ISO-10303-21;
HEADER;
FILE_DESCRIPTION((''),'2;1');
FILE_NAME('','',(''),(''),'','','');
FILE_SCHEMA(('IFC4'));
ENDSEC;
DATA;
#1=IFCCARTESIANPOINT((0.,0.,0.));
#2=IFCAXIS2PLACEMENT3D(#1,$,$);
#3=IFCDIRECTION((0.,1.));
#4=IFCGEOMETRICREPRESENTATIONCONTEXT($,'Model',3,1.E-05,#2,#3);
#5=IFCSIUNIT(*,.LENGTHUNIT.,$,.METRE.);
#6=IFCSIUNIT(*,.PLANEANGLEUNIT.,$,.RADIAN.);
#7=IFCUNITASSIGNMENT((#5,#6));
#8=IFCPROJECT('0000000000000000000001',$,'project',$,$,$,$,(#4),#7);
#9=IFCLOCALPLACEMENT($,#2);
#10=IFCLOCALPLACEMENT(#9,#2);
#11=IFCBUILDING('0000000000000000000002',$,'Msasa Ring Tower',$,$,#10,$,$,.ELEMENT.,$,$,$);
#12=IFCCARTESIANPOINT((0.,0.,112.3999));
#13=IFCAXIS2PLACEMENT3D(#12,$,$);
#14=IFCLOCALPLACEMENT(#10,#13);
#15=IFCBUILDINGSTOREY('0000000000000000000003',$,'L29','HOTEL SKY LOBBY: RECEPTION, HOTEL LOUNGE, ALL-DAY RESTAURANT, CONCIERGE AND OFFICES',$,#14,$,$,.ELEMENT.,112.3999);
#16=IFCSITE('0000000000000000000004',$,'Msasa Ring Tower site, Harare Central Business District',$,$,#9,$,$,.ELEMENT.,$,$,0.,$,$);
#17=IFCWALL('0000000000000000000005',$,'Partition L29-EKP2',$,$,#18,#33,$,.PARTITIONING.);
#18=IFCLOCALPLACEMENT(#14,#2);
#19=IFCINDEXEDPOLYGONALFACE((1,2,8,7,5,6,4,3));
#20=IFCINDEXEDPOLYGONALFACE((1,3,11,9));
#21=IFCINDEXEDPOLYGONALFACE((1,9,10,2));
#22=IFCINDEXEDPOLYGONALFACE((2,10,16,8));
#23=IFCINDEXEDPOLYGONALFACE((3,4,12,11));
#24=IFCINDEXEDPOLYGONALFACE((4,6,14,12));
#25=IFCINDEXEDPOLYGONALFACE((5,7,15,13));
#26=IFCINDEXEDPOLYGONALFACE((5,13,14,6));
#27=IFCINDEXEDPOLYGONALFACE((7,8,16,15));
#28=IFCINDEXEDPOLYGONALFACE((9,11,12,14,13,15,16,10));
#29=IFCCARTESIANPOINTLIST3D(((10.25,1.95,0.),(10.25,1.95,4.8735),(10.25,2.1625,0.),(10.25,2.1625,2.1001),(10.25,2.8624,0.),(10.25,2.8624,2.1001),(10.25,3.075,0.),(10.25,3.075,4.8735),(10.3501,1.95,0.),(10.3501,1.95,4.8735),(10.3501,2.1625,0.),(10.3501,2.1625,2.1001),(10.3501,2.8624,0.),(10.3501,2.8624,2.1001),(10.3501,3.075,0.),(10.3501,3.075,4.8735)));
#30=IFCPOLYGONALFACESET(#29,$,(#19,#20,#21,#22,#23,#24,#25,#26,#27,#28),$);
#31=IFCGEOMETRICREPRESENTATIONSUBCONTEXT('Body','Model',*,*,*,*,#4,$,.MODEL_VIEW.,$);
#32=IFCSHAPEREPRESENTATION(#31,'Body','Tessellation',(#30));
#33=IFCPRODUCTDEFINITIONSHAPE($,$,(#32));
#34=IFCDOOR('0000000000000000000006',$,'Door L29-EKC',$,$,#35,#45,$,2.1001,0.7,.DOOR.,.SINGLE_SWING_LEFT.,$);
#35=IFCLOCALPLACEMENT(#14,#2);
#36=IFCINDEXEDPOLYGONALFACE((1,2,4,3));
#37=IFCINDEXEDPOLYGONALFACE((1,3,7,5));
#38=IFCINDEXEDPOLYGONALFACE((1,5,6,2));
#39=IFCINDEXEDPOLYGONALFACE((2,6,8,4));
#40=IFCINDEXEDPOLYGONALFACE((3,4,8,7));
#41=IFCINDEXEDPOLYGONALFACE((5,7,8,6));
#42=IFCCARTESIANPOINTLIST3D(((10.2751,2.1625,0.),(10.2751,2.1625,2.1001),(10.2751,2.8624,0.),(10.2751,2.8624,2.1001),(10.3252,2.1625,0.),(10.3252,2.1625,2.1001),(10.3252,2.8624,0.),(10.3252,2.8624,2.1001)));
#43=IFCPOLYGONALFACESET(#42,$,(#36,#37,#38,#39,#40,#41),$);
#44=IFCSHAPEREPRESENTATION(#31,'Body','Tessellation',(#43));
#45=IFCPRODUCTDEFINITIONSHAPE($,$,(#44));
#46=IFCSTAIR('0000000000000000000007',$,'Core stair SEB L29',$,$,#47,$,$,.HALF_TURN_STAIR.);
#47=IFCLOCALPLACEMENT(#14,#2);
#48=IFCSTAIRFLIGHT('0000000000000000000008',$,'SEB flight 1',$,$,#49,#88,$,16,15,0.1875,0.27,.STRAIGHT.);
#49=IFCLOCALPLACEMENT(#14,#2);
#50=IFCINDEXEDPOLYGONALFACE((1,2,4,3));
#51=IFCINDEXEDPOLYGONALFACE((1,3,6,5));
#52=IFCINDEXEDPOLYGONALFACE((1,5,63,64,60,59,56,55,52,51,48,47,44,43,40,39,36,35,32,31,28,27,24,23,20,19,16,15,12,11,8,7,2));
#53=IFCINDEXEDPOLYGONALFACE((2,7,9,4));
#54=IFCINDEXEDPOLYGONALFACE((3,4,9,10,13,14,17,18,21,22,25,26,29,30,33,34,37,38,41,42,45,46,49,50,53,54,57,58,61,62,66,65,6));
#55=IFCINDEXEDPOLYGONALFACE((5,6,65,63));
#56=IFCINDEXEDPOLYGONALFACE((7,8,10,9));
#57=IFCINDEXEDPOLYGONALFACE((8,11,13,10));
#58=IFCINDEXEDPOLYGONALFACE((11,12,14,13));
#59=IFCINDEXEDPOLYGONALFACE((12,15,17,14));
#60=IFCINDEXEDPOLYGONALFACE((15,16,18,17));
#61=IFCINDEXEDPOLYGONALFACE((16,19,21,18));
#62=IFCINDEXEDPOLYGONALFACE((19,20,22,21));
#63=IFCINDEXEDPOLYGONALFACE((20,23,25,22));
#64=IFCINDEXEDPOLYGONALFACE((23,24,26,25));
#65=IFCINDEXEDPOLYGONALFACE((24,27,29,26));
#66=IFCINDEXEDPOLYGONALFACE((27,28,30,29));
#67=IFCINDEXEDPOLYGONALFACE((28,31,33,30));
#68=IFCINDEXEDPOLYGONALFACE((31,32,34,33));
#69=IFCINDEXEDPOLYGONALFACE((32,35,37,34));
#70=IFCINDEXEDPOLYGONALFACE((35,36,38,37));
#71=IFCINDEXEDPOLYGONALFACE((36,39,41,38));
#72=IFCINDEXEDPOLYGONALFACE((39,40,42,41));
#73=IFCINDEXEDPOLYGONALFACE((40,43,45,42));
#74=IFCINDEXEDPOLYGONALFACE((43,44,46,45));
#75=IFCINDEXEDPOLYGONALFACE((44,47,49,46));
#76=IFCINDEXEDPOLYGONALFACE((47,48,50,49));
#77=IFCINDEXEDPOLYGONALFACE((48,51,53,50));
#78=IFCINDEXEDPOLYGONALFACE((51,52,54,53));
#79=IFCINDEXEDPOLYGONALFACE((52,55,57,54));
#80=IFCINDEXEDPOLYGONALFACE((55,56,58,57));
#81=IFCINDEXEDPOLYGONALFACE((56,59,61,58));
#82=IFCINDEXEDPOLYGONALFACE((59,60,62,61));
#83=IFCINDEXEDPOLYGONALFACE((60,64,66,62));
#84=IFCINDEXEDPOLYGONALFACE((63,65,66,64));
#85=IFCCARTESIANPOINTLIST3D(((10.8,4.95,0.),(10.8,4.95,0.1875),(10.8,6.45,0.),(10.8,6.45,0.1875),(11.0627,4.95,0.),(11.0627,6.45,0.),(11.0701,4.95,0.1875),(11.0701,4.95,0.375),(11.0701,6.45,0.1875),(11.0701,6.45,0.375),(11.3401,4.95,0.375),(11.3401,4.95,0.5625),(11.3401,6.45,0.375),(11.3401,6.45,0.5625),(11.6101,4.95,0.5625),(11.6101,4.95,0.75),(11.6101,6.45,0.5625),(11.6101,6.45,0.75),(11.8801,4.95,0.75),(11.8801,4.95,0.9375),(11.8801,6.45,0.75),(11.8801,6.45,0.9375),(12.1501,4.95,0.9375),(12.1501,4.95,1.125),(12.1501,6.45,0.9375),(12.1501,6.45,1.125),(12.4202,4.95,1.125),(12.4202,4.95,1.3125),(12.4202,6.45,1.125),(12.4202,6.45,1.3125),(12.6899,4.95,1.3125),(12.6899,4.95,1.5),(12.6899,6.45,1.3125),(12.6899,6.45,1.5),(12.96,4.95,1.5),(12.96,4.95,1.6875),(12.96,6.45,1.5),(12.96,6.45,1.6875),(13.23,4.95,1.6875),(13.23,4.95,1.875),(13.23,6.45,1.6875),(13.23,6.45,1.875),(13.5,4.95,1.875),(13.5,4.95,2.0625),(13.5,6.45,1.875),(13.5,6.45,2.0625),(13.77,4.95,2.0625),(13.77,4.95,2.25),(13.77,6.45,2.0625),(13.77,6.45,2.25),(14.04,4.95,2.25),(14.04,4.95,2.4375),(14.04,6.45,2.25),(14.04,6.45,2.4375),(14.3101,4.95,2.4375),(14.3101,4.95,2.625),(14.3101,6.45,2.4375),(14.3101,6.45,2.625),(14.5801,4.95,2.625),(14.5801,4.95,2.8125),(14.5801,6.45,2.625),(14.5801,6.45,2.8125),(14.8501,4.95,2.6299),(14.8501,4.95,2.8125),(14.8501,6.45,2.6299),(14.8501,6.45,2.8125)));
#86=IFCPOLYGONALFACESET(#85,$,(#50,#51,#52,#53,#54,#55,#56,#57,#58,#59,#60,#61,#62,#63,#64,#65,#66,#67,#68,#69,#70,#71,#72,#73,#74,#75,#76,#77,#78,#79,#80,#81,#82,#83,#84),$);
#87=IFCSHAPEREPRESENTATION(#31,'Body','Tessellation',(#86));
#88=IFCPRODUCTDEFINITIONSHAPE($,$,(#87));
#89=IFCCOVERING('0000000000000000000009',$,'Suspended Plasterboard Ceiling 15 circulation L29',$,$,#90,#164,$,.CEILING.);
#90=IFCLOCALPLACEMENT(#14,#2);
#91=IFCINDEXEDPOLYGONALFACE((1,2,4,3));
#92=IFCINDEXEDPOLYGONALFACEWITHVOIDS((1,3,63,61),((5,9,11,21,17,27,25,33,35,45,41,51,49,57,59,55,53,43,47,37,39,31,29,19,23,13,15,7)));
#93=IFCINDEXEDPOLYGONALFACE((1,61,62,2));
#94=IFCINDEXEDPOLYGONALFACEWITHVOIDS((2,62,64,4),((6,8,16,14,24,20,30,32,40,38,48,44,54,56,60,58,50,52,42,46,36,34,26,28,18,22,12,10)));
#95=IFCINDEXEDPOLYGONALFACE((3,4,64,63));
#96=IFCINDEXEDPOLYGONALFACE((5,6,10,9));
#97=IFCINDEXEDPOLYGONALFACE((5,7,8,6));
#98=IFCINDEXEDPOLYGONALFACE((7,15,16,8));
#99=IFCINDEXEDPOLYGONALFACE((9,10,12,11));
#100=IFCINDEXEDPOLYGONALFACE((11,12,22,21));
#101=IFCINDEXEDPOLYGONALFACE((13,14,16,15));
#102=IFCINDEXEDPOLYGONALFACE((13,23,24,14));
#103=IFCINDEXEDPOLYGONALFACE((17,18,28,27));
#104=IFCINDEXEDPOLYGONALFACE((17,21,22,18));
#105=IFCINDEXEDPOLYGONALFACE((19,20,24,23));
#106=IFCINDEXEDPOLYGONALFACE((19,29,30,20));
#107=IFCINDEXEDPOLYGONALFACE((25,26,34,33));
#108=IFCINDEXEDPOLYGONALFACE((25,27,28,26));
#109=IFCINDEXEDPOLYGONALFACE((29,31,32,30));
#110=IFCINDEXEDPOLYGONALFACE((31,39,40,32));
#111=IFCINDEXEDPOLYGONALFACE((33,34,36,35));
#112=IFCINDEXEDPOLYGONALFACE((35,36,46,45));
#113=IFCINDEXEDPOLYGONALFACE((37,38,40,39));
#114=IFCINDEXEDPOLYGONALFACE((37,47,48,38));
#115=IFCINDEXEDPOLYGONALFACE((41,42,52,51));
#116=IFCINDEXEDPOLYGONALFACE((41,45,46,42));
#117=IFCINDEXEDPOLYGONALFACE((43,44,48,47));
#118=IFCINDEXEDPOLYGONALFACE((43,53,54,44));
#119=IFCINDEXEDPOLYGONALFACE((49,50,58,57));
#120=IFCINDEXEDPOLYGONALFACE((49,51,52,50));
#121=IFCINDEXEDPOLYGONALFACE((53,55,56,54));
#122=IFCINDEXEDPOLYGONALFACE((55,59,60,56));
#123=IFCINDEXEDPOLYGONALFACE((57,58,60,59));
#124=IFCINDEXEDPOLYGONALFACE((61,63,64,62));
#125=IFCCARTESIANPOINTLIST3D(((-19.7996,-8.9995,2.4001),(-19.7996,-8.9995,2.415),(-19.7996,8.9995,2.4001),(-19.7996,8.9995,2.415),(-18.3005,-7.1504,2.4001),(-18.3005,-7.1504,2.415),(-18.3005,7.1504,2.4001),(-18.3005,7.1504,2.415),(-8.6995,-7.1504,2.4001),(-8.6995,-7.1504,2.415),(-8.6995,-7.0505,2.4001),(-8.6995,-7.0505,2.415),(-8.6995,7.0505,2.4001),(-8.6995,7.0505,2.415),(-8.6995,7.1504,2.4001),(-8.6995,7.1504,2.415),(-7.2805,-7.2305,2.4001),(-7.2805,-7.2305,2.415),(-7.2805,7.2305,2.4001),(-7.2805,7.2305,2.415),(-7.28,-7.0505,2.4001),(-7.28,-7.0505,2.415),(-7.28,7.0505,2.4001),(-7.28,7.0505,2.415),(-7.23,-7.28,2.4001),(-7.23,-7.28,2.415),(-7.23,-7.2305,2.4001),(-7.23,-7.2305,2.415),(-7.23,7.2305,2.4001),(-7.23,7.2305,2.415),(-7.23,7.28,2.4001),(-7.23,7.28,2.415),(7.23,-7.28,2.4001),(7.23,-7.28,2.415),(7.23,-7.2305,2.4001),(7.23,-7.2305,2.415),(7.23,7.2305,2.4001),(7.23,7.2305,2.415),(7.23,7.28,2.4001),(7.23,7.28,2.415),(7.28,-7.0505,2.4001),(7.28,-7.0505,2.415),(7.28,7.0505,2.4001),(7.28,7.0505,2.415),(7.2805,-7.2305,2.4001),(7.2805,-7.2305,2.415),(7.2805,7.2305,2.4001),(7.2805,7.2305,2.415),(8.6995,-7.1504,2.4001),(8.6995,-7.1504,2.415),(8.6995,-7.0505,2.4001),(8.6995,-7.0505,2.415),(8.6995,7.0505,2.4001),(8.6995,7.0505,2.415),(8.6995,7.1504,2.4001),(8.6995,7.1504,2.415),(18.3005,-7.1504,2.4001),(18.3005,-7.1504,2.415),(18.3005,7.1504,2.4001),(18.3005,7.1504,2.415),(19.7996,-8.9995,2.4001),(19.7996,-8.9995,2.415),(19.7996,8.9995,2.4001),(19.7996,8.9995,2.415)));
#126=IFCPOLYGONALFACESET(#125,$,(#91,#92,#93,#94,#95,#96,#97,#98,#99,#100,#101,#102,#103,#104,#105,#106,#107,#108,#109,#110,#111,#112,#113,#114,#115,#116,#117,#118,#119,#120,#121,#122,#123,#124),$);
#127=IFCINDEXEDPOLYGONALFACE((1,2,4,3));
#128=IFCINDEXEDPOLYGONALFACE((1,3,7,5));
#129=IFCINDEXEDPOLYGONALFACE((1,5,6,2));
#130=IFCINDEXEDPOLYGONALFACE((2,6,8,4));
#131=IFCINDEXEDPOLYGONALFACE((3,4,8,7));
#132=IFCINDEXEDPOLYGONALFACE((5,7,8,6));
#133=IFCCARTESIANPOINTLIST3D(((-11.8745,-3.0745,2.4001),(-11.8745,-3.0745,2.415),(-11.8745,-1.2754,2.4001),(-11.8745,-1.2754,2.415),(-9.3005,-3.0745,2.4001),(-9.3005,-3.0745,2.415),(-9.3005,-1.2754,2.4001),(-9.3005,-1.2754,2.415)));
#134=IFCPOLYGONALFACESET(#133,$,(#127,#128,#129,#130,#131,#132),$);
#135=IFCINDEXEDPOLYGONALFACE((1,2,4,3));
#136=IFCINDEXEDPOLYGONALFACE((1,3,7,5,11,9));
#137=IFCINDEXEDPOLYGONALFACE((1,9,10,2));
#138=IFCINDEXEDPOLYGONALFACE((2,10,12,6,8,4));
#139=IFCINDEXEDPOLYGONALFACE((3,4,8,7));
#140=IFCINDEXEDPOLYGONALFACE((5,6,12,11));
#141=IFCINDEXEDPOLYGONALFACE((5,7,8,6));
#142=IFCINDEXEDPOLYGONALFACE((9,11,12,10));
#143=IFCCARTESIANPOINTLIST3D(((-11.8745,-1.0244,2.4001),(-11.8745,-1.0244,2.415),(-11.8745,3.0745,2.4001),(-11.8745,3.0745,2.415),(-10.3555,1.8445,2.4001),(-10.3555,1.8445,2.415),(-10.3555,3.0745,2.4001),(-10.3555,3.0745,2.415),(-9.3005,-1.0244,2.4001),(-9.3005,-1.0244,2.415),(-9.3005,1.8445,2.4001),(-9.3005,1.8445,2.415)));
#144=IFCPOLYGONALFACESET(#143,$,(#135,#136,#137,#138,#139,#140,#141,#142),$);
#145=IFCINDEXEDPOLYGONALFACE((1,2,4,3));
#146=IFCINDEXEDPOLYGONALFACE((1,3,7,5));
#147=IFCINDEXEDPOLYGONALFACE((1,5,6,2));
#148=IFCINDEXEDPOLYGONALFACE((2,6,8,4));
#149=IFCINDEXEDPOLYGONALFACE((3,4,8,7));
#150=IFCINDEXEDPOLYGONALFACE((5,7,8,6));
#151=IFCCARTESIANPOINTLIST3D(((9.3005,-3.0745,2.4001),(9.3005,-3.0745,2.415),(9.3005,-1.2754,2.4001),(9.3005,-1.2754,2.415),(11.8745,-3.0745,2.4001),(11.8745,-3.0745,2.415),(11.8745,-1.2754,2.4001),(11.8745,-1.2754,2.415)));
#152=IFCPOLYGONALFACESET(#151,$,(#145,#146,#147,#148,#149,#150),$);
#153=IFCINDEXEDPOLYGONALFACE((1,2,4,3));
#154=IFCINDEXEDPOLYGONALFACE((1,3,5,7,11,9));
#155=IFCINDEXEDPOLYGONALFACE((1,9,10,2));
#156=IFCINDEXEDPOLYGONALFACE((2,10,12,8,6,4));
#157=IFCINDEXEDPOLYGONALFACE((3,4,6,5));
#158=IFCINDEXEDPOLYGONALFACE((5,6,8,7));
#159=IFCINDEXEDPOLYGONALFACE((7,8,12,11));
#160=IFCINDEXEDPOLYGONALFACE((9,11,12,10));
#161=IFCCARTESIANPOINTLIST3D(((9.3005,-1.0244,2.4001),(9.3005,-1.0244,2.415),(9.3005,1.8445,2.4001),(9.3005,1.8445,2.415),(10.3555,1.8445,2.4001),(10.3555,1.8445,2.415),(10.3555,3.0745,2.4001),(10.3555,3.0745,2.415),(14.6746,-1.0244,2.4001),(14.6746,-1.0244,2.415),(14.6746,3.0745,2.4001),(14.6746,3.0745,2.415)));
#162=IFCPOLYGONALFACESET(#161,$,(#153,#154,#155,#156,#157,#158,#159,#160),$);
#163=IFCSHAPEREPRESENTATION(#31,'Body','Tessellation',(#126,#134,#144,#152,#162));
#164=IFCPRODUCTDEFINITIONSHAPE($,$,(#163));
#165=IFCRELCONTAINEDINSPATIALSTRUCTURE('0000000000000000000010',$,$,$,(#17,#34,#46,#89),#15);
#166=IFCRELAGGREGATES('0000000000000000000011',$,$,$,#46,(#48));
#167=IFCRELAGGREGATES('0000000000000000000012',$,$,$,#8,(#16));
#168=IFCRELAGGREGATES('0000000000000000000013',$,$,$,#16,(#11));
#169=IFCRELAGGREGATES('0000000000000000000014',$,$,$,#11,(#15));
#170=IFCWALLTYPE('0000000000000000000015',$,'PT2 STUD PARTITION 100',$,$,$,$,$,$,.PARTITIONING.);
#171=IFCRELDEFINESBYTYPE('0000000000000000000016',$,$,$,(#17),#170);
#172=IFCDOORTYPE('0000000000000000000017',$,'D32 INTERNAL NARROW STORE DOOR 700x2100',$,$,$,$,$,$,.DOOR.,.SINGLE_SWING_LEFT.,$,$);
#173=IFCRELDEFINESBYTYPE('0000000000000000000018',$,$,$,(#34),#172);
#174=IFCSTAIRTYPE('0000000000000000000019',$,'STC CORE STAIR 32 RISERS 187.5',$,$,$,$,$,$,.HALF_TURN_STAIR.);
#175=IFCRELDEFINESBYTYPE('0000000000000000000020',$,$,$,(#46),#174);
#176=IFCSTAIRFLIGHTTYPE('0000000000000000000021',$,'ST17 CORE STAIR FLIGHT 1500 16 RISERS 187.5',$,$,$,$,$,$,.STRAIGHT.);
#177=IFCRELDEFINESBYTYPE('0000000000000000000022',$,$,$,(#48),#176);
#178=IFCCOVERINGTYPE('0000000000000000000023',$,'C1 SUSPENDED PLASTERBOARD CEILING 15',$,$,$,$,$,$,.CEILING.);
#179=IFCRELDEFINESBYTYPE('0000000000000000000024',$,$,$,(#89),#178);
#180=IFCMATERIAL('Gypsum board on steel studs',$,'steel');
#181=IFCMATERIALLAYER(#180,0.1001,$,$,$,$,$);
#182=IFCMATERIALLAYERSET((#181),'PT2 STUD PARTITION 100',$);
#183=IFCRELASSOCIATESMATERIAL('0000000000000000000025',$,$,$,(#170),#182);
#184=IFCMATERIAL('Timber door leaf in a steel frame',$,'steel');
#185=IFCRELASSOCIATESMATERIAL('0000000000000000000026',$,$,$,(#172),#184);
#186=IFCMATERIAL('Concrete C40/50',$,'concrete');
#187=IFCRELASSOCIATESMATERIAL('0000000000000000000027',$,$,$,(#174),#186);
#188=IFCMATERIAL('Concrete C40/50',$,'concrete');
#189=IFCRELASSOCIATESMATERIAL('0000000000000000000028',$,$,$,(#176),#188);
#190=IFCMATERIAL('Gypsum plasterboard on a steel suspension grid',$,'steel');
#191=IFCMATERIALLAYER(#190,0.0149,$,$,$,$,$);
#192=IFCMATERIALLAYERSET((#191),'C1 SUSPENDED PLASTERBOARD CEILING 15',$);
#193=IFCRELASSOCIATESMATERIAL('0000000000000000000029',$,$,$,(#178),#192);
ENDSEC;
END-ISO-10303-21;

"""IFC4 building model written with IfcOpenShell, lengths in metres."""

from ifc_helpers import new_model, si_unit, direction, frame, frame_2d, origin, place, context, subcontext, project, spatial, polyline, line, indexed_curve, rectangle, outline, extrude, material, layer, layer_set, type_object, element, fill, aggregate, save


model = new_model("IFC4")

# Units and contexts
model_context = context("Model", 3, precision=1e-05, world=origin(), true_north=direction((0.0, 1.0)))
body_context = subcontext(model_context, "Body", "Model", "MODEL_VIEW")
ifc_project = project(units=[si_unit("LENGTHUNIT", "METRE"), si_unit("PLANEANGLEUNIT", "RADIAN")], contexts=[model_context])

# Site, building, storey
site_placement = place(None, origin())
site = spatial("IfcSite", under=ifc_project, at=site_placement, Name="Msasa Ring Tower site, Harare Central Business District", CompositionType="ELEMENT", RefElevation=0.0)
building_placement = place(site_placement, origin())
building = spatial("IfcBuilding", under=site, at=building_placement, Name="Msasa Ring Tower", CompositionType="ELEMENT")
storey_placement = place(building_placement, frame((0.0, 0.0, 112.3999)))
storey = spatial("IfcBuildingStorey", under=building, at=storey_placement, Name="L29", Description="HOTEL SKY LOBBY: RECEPTION, HOTEL LOUNGE, ALL-DAY RESTAURANT, CONCIERGE AND OFFICES", CompositionType="ELEMENT", Elevation=112.3999)

# Shared definitions
ifc_material_1 = material(Name="Gypsum board on steel studs", Category="steel")
ifc_layer_1 = layer(ifc_material_1, 0.1001)
ifc_layer_set_1 = layer_set([ifc_layer_1], Name="PT2 STUD PARTITION 100")
wall_type_1 = type_object("IfcWallType", Name="PT2 STUD PARTITION 100", PredefinedType="PARTITIONING", material=ifc_layer_set_1)

# Wall, opening, door
wall_1_placement = place(storey_placement, frame((10.3, 1.95, 0.0), z_axis=(0.0, 0.0, 1.0), x_axis=(0.0, 1.0, 0.0)))
wall_1 = element("IfcWall", 1, at=wall_1_placement, inside=storey, type_object=wall_type_1, Name="Partition L29-EKP2", PredefinedType="PARTITIONING", context=body_context, shape_type="SweptSolid", body=[
    extrude(rectangle(XDim=1.125, YDim=0.1001, at=frame_2d((0.5625, 0.0))), origin(), (0.0, 0.0, 1.0), 4.8735),
])
opening_placement = place(wall_1_placement, frame((0.2124, 0.0, 0.0)))
opening = element("IfcOpeningElement", 2, at=opening_placement, cuts=wall_1, PredefinedType="OPENING", context=body_context, shape_type="SweptSolid", body=[
    extrude(rectangle(XDim=0.7, YDim=2.1001, at=frame_2d((0.3501, 1.05))), frame((0.0, 0.0601, 0.0), z_axis=(0.0, -1.0, 0.0), x_axis=(1.0, 0.0, 0.0)), (0.0, 0.0, 1.0), 0.1201),
])
ifc_material_2 = material(Name="Timber door leaf in a steel frame", Category="steel")
door_type = type_object("IfcDoorType", Name="D32 INTERNAL NARROW STORE DOOR 700x2100", OperationType="SINGLE_SWING_LEFT", PredefinedType="DOOR", material=ifc_material_2)
door_placement = place(opening_placement, origin())
door = element("IfcDoor", 3, at=door_placement, inside=storey, type_object=door_type, Name="Door L29-EKC", OperationType="SINGLE_SWING_LEFT", OverallHeight=2.1001, OverallWidth=0.7, PredefinedType="DOOR", context=body_context, shape_type="SweptSolid", body=[
    extrude(rectangle(XDim=0.7, YDim=2.1001, at=frame_2d((0.3501, 1.05))), frame((0.0, 0.0249, 0.0), z_axis=(0.0, -1.0, 0.0), x_axis=(1.0, 0.0, 0.0)), (0.0, 0.0, 1.0), 0.05),
])
fill(opening, door)

# Stair, stair flight
ifc_material_3 = material(Name="Concrete C40/50", Category="concrete")
stair_type = type_object("IfcStairType", Name="STC CORE STAIR 32 RISERS 187.5", PredefinedType="HALF_TURN_STAIR", material=ifc_material_3)
stair_placement = place(storey_placement, origin())
stair = element("IfcStair", 4, at=stair_placement, inside=storey, type_object=stair_type, Name="Core stair SEB L29", PredefinedType="HALF_TURN_STAIR")
ifc_material_4 = material(Name="Concrete C40/50", Category="concrete")
stair_flight_type = type_object("IfcStairFlightType", Name="ST17 CORE STAIR FLIGHT 1500 16 RISERS 187.5", PredefinedType="STRAIGHT", material=ifc_material_4)
stair_flight_placement = place(storey_placement, frame((10.8, 5.7, 0.0), z_axis=(0.0, 0.0, 1.0), x_axis=(1.0, 0.0, 0.0)))
stair_flight = element("IfcStairFlight", 5, at=stair_flight_placement, type_object=stair_flight_type, Name="SEB flight 1", NumberOfRisers=16, NumberOfTreads=15, PredefinedType="STRAIGHT", RiserHeight=0.1875, TreadLength=0.27, context=body_context, shape_type="SweptSolid", body=[
    extrude(outline(polyline([(0.0, 0.0), (0.0, 0.1875), (0.27, 0.1875), (0.27, 0.375), (0.54, 0.375), (0.54, 0.5625), (0.8101, 0.5625), (0.8101, 0.75), (1.0801, 0.75), (1.0801, 0.9375), (1.3501, 0.9375), (1.3501, 1.125), (1.6201, 1.125), (1.6201, 1.3125), (1.8899, 1.3125), (1.8899, 1.5), (2.1599, 1.5), (2.1599, 1.6875), (2.4299, 1.6875), (2.4299, 1.875), (2.7, 1.875), (2.7, 2.0625), (2.97, 2.0625), (2.97, 2.25), (3.24, 2.25), (3.24, 2.4375), (3.51, 2.4375), (3.51, 2.625), (3.78, 2.625), (3.78, 2.8125), (4.05, 2.8125), (4.05, 3.0), (4.05, 2.6299), (0.2627, 0.0), (0.0, 0.0)])), frame((0.0, 0.75, 0.0), z_axis=(0.0, -1.0, 0.0), x_axis=(1.0, 0.0, 0.0)), (0.0, 0.0, 1.0), 1.5),
])
aggregate(stair, [stair_flight])

# Covering
ifc_material_5 = material(Name="Gypsum plasterboard on a steel suspension grid", Category="steel")
ifc_layer_2 = layer(ifc_material_5, 0.0149)
ifc_layer_set_2 = layer_set([ifc_layer_2], Name="C1 SUSPENDED PLASTERBOARD CEILING 15")
covering_type_1 = type_object("IfcCoveringType", Name="C1 SUSPENDED PLASTERBOARD CEILING 15", PredefinedType="CEILING", material=ifc_layer_set_2)
covering_1_placement = place(storey_placement, frame((0.0, 0.0, 2.4001)))
element("IfcCovering", 6, at=covering_1_placement, inside=storey, type_object=covering_type_1, Name="Suspended Plasterboard Ceiling 15 circulation L29", PredefinedType="CEILING", context=body_context, shape_type="SweptSolid", body=[
    extrude(outline(indexed_curve([(-19.7996, -8.9995), (-19.7996, 8.9995), (19.7996, 8.9995), (19.7996, -8.9995)], segments=[line(1, 2, 3, 4, 1)], self_intersect=False), holes=[indexed_curve([(8.6995, -7.1504), (18.3005, -7.1504), (18.3005, 7.1504), (8.6995, 7.1504), (8.6995, 7.0505), (7.28, 7.0505), (7.2805, 7.2305), (7.23, 7.2305), (7.23, 7.28), (-7.23, 7.28), (-7.23, 7.2305), (-7.2805, 7.2305), (-7.28, 7.0505), (-8.6995, 7.0505), (-8.6995, 7.1504), (-18.3005, 7.1504), (-18.3005, -7.1504), (-8.6995, -7.1504), (-8.6995, -7.0505), (-7.28, -7.0505), (-7.2805, -7.2305), (-7.23, -7.2305), (-7.23, -7.28), (7.23, -7.28), (7.23, -7.2305), (7.2805, -7.2305), (7.28, -7.0505), (8.6995, -7.0505)], segments=[line(1, 2, 3, 4, 5, 6, 7, 8, 9, 10, 11, 12, 13, 14, 15, 16, 17, 18, 19, 20, 21, 22, 23, 24, 25, 26, 27, 28, 1)], self_intersect=False)]), origin(), (0.0, 0.0, 1.0), 0.0149),
    extrude(outline(indexed_curve([(-9.3005, -3.0745), (-11.8745, -3.0745), (-11.8745, -1.2754), (-9.3005, -1.2754)], segments=[line(1, 2, 3, 4, 1)], self_intersect=False)), origin(), (0.0, 0.0, 1.0), 0.0149),
    extrude(outline(indexed_curve([(-9.3005, 1.8445), (-9.3005, -1.0244), (-11.8745, -1.0244), (-11.8745, 3.0745), (-10.3555, 3.0745), (-10.3555, 1.8445)], segments=[line(1, 2, 3, 4, 5, 6, 1)], self_intersect=False)), origin(), (0.0, 0.0, 1.0), 0.0149),
    extrude(outline(indexed_curve([(11.8745, -3.0745), (9.3005, -3.0745), (9.3005, -1.2754), (11.8745, -1.2754)], segments=[line(1, 2, 3, 4, 1)], self_intersect=False)), origin(), (0.0, 0.0, 1.0), 0.0149),
    extrude(outline(indexed_curve([(10.3555, 3.0745), (14.6746, 3.0745), (14.6746, -1.0244), (9.3005, -1.0244), (9.3005, 1.8445), (10.3555, 1.8445)], segments=[line(1, 2, 3, 4, 5, 6, 1)], self_intersect=False)), origin(), (0.0, 0.0, 1.0), 0.0149),
])

save(model, "model.ifc")
